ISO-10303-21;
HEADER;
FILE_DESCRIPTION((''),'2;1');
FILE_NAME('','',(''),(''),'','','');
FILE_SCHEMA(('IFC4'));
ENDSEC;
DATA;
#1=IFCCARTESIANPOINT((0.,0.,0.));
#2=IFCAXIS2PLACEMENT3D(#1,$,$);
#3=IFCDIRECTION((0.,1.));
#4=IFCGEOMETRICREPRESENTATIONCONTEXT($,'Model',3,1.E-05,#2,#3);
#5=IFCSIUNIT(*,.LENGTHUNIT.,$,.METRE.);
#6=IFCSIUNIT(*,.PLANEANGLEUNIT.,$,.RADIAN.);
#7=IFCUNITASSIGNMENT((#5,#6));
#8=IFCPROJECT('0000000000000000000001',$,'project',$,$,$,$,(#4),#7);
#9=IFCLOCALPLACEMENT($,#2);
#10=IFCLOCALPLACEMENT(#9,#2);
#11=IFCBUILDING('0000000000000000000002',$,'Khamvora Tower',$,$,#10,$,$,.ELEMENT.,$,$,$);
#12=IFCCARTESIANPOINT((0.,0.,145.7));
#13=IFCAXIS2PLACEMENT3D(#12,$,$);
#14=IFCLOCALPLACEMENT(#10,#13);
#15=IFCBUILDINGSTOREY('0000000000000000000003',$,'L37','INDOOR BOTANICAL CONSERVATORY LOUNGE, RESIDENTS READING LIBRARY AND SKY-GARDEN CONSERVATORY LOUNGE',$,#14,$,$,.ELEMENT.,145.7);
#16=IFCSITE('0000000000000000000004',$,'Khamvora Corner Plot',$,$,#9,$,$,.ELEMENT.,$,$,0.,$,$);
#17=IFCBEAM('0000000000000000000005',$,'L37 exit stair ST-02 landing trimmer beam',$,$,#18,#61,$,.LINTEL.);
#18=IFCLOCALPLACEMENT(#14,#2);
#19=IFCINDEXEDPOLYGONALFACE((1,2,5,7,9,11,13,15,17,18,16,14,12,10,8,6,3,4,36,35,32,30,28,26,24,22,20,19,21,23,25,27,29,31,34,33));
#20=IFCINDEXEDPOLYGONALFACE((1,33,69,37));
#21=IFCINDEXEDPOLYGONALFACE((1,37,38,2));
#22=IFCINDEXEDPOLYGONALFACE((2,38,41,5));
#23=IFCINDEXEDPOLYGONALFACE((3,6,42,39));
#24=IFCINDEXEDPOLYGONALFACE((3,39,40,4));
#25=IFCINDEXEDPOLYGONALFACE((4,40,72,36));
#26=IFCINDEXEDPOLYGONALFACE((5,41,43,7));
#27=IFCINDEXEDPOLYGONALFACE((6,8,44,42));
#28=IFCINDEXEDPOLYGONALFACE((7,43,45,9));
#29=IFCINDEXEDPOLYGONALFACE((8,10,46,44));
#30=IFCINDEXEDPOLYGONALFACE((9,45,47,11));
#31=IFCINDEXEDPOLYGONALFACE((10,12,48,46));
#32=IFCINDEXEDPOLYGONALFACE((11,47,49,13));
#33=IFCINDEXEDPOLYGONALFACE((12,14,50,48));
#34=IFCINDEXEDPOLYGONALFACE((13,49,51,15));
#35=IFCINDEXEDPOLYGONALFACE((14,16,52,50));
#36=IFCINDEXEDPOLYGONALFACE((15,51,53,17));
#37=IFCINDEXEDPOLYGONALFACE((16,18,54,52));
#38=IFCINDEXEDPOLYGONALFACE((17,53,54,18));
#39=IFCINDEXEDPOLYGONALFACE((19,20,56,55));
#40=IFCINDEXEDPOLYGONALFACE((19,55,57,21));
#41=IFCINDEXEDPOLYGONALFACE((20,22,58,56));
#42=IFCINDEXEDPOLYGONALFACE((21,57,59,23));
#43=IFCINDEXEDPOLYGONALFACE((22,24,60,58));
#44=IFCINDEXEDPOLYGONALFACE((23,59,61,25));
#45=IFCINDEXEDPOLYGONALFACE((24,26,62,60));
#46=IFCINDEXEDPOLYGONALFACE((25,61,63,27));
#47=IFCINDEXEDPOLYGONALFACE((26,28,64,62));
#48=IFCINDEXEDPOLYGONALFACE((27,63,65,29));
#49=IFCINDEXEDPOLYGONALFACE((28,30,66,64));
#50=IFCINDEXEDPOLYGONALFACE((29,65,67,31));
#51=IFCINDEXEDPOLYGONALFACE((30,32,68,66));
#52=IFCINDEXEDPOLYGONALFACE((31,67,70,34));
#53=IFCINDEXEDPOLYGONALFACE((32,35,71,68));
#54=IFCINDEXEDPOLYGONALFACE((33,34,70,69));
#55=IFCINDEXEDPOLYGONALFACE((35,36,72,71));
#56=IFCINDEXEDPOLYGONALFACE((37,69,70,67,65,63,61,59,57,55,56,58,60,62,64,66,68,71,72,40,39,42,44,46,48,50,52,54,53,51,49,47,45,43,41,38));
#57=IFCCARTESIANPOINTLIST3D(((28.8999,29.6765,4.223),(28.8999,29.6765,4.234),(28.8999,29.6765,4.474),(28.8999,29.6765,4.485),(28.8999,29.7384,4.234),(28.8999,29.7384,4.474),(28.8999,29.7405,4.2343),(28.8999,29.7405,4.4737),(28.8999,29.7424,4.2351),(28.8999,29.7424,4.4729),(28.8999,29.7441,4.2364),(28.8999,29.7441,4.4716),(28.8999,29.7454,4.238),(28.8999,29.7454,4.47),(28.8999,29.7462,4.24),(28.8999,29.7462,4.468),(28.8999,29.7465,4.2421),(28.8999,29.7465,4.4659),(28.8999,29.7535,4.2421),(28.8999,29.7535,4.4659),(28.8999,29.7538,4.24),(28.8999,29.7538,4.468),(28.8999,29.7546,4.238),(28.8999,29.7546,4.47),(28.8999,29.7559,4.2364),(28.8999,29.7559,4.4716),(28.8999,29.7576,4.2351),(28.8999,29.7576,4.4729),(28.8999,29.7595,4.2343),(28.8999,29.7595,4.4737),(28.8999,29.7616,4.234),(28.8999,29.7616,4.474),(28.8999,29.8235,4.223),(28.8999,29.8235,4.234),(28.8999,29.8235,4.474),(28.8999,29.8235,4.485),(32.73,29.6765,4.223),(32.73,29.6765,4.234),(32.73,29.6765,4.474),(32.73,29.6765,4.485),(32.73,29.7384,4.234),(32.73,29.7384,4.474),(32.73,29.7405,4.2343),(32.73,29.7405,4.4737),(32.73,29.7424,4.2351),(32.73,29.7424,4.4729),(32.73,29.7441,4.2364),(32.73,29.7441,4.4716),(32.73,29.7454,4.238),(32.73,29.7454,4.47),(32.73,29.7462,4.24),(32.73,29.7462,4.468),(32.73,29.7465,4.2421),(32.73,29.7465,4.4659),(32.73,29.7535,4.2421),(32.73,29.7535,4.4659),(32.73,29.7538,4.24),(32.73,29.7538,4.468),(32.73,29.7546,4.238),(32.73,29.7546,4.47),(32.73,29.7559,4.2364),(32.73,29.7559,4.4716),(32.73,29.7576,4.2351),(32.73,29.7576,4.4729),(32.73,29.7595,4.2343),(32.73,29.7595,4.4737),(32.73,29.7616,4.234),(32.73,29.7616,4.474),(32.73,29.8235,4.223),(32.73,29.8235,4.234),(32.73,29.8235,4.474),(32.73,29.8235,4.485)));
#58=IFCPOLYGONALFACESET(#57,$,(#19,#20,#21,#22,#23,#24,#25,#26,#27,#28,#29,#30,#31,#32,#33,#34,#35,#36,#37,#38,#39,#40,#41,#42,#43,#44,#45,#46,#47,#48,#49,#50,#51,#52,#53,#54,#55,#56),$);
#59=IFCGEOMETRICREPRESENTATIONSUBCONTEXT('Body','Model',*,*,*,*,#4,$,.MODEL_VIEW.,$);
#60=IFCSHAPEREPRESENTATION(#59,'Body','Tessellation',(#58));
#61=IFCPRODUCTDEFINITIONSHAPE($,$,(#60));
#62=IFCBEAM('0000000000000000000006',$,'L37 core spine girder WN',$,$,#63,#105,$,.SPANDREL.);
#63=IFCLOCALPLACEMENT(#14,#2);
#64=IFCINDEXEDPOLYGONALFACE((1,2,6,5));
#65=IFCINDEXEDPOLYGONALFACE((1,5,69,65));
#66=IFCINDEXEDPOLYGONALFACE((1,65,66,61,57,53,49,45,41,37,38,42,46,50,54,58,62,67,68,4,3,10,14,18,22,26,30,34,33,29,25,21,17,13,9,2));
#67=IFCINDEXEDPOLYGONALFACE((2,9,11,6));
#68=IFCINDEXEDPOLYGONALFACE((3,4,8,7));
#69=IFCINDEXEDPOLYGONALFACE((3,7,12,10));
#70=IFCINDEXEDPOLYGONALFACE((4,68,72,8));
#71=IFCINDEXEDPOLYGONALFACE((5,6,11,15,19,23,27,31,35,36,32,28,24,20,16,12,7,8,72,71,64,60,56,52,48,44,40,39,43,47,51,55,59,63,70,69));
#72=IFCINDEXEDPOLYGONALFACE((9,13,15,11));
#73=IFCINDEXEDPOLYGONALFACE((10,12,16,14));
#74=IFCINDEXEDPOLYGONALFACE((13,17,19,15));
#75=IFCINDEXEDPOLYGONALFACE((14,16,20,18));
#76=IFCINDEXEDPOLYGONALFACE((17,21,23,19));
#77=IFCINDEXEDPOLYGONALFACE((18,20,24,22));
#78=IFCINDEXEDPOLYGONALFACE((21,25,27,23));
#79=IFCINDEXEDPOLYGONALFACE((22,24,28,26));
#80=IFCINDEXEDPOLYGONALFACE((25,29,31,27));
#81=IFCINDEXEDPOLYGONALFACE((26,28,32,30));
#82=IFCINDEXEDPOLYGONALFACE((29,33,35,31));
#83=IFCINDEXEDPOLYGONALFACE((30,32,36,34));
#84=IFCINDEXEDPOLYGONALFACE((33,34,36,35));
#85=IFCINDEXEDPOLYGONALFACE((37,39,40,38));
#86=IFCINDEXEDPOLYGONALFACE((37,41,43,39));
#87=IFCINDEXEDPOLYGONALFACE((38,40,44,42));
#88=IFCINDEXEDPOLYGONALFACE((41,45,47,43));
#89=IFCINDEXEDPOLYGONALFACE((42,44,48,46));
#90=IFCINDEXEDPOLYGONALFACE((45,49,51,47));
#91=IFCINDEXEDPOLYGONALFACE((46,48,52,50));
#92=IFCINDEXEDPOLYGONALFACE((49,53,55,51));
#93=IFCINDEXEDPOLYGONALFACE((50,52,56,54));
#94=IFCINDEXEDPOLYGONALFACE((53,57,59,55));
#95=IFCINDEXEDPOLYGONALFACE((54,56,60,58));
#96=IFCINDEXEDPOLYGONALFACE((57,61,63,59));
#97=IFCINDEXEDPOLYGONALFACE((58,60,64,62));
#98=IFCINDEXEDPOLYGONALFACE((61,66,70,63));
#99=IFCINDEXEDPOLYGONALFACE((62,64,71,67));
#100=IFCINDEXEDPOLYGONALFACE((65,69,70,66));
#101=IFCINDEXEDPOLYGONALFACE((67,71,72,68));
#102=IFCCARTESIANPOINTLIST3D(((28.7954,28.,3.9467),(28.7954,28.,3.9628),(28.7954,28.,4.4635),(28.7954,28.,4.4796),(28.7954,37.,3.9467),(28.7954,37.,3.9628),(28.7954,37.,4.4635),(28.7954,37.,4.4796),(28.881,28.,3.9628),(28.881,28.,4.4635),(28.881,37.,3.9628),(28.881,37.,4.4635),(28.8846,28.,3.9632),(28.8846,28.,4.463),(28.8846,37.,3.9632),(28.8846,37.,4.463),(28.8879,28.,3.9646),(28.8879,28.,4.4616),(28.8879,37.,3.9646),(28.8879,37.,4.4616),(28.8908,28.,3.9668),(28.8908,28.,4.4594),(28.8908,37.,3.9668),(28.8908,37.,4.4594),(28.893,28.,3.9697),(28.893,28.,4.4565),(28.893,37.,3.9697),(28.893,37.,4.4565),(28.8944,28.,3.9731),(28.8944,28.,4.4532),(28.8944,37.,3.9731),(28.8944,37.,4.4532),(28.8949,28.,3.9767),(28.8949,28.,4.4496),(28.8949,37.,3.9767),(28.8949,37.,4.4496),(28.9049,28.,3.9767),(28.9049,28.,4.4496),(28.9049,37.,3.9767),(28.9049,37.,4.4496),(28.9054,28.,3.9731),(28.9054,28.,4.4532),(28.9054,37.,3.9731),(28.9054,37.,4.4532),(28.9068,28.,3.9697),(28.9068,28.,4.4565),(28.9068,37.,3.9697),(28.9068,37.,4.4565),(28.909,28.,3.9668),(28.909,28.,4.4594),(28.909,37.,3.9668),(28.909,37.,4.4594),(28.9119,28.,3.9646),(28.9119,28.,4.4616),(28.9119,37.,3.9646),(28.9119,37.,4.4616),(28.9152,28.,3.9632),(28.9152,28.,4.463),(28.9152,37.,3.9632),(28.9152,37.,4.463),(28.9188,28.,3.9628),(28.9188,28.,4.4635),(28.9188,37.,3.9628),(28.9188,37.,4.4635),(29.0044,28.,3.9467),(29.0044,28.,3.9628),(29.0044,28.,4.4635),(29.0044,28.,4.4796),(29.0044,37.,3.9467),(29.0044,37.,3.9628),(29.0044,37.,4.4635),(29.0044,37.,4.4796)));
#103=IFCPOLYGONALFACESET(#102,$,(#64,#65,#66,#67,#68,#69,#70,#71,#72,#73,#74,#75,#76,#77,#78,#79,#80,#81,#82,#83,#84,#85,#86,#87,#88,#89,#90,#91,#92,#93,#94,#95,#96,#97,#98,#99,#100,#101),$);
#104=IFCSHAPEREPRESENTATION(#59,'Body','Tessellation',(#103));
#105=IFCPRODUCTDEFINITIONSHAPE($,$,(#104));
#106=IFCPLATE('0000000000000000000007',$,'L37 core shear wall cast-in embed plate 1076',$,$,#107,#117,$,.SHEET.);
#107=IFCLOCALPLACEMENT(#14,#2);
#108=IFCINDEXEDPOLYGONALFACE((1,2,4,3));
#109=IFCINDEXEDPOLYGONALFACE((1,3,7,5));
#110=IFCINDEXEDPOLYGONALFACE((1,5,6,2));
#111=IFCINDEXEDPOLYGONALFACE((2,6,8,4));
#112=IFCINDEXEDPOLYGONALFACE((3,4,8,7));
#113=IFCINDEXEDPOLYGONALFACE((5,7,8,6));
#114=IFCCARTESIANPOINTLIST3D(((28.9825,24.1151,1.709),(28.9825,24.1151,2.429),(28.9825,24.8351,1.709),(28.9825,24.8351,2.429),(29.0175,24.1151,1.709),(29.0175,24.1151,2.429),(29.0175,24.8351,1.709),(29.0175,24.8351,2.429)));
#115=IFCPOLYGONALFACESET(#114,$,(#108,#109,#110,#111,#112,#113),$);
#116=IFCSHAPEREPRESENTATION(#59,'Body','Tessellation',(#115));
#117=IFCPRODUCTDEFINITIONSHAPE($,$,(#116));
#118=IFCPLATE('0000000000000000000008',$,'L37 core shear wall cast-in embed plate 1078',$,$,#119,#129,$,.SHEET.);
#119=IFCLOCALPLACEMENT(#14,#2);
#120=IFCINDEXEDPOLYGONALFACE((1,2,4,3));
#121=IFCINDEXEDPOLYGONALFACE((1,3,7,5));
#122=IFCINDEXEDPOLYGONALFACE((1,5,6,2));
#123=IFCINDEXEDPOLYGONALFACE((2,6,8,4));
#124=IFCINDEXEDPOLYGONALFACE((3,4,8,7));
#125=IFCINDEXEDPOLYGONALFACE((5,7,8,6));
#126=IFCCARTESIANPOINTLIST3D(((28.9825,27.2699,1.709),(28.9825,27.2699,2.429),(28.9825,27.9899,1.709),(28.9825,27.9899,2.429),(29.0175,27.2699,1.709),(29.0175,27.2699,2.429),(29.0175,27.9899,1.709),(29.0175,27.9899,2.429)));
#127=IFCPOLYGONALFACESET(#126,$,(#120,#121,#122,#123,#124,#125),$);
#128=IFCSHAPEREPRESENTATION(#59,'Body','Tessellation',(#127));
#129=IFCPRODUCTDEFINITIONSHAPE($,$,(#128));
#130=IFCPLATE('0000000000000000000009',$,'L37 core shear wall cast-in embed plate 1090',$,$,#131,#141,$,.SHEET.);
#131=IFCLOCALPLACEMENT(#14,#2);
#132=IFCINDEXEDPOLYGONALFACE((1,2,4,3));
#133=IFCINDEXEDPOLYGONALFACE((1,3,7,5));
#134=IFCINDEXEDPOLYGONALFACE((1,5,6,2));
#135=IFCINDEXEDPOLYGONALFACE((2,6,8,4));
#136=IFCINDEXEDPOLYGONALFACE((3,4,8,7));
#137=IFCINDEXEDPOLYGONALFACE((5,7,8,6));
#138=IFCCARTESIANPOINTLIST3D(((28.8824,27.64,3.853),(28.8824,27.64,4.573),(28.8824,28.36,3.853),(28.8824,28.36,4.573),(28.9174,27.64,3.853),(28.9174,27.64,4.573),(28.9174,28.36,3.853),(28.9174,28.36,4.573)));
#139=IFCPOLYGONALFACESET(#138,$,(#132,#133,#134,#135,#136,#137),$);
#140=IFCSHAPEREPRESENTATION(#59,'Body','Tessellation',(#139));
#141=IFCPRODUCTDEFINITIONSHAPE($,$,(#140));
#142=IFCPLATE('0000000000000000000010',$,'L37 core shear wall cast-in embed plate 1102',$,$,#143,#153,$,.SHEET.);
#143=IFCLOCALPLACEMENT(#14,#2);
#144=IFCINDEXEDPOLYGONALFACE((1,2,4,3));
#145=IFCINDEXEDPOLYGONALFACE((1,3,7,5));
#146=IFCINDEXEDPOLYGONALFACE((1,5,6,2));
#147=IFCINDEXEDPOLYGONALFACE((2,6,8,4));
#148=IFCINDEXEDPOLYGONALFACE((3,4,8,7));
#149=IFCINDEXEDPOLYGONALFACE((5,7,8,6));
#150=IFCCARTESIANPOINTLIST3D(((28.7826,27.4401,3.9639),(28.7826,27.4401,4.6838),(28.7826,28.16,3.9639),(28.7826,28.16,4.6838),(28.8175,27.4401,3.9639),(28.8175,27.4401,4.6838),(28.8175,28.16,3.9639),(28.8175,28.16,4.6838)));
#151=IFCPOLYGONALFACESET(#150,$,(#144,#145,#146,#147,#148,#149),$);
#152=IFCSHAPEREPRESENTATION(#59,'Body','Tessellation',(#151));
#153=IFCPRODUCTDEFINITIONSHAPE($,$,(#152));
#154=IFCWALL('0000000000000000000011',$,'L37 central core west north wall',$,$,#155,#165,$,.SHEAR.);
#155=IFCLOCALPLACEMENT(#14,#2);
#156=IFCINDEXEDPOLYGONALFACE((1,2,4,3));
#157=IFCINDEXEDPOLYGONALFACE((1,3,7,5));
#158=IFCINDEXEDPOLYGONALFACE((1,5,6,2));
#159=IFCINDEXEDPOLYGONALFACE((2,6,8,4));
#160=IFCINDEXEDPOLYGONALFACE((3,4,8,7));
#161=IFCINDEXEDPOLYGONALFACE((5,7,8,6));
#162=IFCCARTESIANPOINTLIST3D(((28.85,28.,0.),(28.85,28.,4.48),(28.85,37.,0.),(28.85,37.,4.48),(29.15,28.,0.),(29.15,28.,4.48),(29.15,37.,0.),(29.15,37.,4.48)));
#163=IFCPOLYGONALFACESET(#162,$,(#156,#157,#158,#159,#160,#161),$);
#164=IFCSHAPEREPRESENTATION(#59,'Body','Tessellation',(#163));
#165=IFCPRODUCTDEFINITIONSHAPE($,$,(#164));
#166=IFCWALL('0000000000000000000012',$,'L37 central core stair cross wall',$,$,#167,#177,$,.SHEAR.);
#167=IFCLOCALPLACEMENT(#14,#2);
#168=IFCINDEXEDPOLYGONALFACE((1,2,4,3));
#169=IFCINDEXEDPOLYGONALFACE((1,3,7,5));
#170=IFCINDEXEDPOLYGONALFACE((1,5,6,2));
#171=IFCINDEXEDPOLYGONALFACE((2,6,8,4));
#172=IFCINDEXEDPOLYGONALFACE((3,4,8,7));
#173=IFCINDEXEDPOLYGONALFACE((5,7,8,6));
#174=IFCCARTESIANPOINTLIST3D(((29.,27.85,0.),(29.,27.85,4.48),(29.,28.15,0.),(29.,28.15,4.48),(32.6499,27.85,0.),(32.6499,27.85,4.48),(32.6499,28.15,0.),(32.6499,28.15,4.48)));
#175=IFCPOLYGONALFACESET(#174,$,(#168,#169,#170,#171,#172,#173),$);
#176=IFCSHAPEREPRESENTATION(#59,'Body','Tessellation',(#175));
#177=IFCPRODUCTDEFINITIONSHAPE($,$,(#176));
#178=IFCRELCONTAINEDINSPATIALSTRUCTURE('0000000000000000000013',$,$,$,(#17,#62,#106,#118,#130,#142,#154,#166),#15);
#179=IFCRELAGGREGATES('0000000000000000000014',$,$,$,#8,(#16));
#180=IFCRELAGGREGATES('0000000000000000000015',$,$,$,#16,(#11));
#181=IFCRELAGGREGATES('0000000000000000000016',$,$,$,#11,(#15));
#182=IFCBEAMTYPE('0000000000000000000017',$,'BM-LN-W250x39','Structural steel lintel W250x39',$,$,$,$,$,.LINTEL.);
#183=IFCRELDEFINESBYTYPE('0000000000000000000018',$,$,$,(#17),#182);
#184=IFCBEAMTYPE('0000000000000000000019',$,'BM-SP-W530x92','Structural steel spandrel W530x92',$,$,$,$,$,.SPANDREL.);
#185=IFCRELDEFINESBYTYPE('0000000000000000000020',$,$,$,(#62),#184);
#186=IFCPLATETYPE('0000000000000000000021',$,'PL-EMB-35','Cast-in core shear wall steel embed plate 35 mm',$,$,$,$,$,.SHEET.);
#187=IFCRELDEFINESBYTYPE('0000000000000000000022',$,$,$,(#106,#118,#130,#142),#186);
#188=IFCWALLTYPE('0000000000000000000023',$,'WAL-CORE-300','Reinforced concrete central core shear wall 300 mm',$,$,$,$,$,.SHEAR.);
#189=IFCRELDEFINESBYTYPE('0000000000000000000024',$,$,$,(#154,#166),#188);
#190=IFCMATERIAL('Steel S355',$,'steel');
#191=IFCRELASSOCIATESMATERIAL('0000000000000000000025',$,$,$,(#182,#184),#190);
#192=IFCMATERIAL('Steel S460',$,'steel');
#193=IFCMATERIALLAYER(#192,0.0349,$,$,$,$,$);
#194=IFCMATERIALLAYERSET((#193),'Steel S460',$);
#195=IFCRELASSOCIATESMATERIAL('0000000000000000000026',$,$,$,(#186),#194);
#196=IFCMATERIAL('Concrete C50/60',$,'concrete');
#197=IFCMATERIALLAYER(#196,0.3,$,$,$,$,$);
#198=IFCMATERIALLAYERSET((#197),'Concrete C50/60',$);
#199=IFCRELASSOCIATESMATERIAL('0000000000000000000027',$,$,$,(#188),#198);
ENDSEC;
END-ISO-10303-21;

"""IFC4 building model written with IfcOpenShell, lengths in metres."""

from ifc_helpers import new_model, si_unit, direction, frame, frame_2d, origin, origin_2d, place, context, subcontext, project, spatial, rectangle, i_section, extrude, material, layer, layer_set, material_profile, profile_set, type_object, element, save


model = new_model("IFC4")

# Units and contexts
model_context = context("Model", 3, precision=1e-05, world=origin(), true_north=direction((0.0, 1.0)))
body_context = subcontext(model_context, "Body", "Model", "MODEL_VIEW")
ifc_project = project(units=[si_unit("LENGTHUNIT", "METRE"), si_unit("PLANEANGLEUNIT", "RADIAN")], contexts=[model_context])

# Site, building, storey
site_placement = place(None, origin())
site = spatial("IfcSite", under=ifc_project, at=site_placement, Name="Khamvora Corner Plot", CompositionType="ELEMENT", RefElevation=0.0)
building_placement = place(site_placement, origin())
building = spatial("IfcBuilding", under=site, at=building_placement, Name="Khamvora Tower", CompositionType="ELEMENT")
storey_placement = place(building_placement, frame((0.0, 0.0, 145.7)))
storey = spatial("IfcBuildingStorey", under=building, at=storey_placement, Name="L37", Description="INDOOR BOTANICAL CONSERVATORY LOUNGE, RESIDENTS READING LIBRARY AND SKY-GARDEN CONSERVATORY LOUNGE", CompositionType="ELEMENT", Elevation=145.7)

# Shared definitions
ifc_material_1 = material(Name="Steel S460", Category="steel")

# Beams
ifc_material_2 = material(Name="Steel S355", Category="steel")
ifc_material_profile_1 = material_profile(ifc_material_2, i_section(OverallWidth=0.147, OverallDepth=0.262, WebThickness=0.0071, FlangeThickness=0.011, FilletRadius=0.0081, at=origin_2d()), Name="W250x39")
ifc_profile_set_1 = profile_set([ifc_material_profile_1], Name="Steel S355")
beam_type_1 = type_object("IfcBeamType", Name="BM-LN-W250x39", Description="Structural steel lintel W250x39", PredefinedType="LINTEL", material=ifc_profile_set_1)
beam_1_placement = place(storey_placement, frame((28.8999, 29.75, 4.354), z_axis=(1.0, 0.0, 0.0), x_axis=(0.0, 1.0, 0.0)))
element("IfcBeam", 1, at=beam_1_placement, inside=storey, type_object=beam_type_1, Name="L37 exit stair ST-02 landing trimmer beam", PredefinedType="LINTEL", context=body_context, shape_type="SweptSolid", body=[
    extrude(i_section(OverallWidth=0.147, OverallDepth=0.262, WebThickness=0.0071, FlangeThickness=0.011, FilletRadius=0.0081, at=origin_2d()), origin(), (0.0, 0.0, 1.0), 3.8301),
])
ifc_material_profile_2 = material_profile(ifc_material_2, i_section(OverallWidth=0.209, OverallDepth=0.533, WebThickness=0.01, FlangeThickness=0.0161, FilletRadius=0.0139, at=origin_2d()), Name="W530x92")
ifc_profile_set_2 = profile_set([ifc_material_profile_2], Name="Steel S355")
beam_type_2 = type_object("IfcBeamType", Name="BM-SP-W530x92", Description="Structural steel spandrel W530x92", PredefinedType="SPANDREL", material=ifc_profile_set_2)
beam_2_placement = place(storey_placement, frame((28.8999, 28.0, 4.2131), z_axis=(0.0, 1.0, 0.0), x_axis=(-1.0, 0.0, 0.0)))
element("IfcBeam", 2, at=beam_2_placement, inside=storey, type_object=beam_type_2, Name="L37 core spine girder WN", PredefinedType="SPANDREL", context=body_context, shape_type="SweptSolid", body=[
    extrude(i_section(OverallWidth=0.209, OverallDepth=0.533, WebThickness=0.01, FlangeThickness=0.0161, FilletRadius=0.0139, at=origin_2d()), origin(), (0.0, 0.0, 1.0), 9.0),
])

# Plates
ifc_layer_1 = layer(ifc_material_1, 0.0349)
ifc_layer_set_1 = layer_set([ifc_layer_1], Name="Steel S460")
plate_type = type_object("IfcPlateType", Name="PL-EMB-35", Description="Cast-in core shear wall steel embed plate 35 mm", PredefinedType="SHEET", material=ifc_layer_set_1)
for number, where, z_axis, x_axis, name in (
    (3, (29.0, 24.4751, 1.709), (0.0, 0.0, 1.0), (1.0, 0.0, 0.0), "L37 core shear wall cast-in embed plate 1076"),
    (4, (29.0, 27.6299, 1.709), (0.0, 0.0, 1.0), (1.0, 0.0, 0.0), "L37 core shear wall cast-in embed plate 1078"),
    (5, (28.8999, 28.0, 3.853), (0.0, 0.0, 1.0), (1.0, 0.0, 0.0), "L37 core shear wall cast-in embed plate 1090"),
    (6, (28.8, 27.8, 3.9639), (0.0, 0.0, 1.0), (1.0, 0.0, 0.0), "L37 core shear wall cast-in embed plate 1102"),
):
    element("IfcPlate", number, at=place(storey_placement, frame(where, z_axis=z_axis, x_axis=x_axis)), inside=storey, type_object=plate_type, Name=name, PredefinedType="SHEET", context=body_context, shape_type="SweptSolid", body=[
        extrude(rectangle(XDim=0.0349, YDim=0.72, at=origin_2d()), origin(), (0.0, 0.0, 1.0), 0.72),
    ])

# Walls
ifc_material_3 = material(Name="Concrete C50/60", Category="concrete")
ifc_layer_2 = layer(ifc_material_3, 0.3)
ifc_layer_set_2 = layer_set([ifc_layer_2], Name="Concrete C50/60")
wall_type_1 = type_object("IfcWallType", Name="WAL-CORE-300", Description="Reinforced concrete central core shear wall 300 mm", PredefinedType="SHEAR", material=ifc_layer_set_2)
wall_1_placement = place(storey_placement, frame((29.0, 28.0, 0.0), z_axis=(0.0, 0.0, 1.0), x_axis=(0.0, 1.0, 0.0)))
element("IfcWall", 7, at=wall_1_placement, inside=storey, type_object=wall_type_1, Name="L37 central core west north wall", PredefinedType="SHEAR", context=body_context, shape_type="SweptSolid", body=[
    extrude(rectangle(XDim=9.0, YDim=0.3, at=frame_2d((4.5, 0.0))), origin(), (0.0, 0.0, 1.0), 4.48),
])
wall_2_placement = place(storey_placement, frame((29.0, 28.0, 0.0), z_axis=(0.0, 0.0, 1.0), x_axis=(1.0, 0.0, 0.0)))
element("IfcWall", 8, at=wall_2_placement, inside=storey, type_object=wall_type_1, Name="L37 central core stair cross wall", PredefinedType="SHEAR", context=body_context, shape_type="SweptSolid", body=[
    extrude(rectangle(XDim=3.6499, YDim=0.3, at=frame_2d((1.825, 0.0))), origin(), (0.0, 0.0, 1.0), 4.48),
])

save(model, "model.ifc")
